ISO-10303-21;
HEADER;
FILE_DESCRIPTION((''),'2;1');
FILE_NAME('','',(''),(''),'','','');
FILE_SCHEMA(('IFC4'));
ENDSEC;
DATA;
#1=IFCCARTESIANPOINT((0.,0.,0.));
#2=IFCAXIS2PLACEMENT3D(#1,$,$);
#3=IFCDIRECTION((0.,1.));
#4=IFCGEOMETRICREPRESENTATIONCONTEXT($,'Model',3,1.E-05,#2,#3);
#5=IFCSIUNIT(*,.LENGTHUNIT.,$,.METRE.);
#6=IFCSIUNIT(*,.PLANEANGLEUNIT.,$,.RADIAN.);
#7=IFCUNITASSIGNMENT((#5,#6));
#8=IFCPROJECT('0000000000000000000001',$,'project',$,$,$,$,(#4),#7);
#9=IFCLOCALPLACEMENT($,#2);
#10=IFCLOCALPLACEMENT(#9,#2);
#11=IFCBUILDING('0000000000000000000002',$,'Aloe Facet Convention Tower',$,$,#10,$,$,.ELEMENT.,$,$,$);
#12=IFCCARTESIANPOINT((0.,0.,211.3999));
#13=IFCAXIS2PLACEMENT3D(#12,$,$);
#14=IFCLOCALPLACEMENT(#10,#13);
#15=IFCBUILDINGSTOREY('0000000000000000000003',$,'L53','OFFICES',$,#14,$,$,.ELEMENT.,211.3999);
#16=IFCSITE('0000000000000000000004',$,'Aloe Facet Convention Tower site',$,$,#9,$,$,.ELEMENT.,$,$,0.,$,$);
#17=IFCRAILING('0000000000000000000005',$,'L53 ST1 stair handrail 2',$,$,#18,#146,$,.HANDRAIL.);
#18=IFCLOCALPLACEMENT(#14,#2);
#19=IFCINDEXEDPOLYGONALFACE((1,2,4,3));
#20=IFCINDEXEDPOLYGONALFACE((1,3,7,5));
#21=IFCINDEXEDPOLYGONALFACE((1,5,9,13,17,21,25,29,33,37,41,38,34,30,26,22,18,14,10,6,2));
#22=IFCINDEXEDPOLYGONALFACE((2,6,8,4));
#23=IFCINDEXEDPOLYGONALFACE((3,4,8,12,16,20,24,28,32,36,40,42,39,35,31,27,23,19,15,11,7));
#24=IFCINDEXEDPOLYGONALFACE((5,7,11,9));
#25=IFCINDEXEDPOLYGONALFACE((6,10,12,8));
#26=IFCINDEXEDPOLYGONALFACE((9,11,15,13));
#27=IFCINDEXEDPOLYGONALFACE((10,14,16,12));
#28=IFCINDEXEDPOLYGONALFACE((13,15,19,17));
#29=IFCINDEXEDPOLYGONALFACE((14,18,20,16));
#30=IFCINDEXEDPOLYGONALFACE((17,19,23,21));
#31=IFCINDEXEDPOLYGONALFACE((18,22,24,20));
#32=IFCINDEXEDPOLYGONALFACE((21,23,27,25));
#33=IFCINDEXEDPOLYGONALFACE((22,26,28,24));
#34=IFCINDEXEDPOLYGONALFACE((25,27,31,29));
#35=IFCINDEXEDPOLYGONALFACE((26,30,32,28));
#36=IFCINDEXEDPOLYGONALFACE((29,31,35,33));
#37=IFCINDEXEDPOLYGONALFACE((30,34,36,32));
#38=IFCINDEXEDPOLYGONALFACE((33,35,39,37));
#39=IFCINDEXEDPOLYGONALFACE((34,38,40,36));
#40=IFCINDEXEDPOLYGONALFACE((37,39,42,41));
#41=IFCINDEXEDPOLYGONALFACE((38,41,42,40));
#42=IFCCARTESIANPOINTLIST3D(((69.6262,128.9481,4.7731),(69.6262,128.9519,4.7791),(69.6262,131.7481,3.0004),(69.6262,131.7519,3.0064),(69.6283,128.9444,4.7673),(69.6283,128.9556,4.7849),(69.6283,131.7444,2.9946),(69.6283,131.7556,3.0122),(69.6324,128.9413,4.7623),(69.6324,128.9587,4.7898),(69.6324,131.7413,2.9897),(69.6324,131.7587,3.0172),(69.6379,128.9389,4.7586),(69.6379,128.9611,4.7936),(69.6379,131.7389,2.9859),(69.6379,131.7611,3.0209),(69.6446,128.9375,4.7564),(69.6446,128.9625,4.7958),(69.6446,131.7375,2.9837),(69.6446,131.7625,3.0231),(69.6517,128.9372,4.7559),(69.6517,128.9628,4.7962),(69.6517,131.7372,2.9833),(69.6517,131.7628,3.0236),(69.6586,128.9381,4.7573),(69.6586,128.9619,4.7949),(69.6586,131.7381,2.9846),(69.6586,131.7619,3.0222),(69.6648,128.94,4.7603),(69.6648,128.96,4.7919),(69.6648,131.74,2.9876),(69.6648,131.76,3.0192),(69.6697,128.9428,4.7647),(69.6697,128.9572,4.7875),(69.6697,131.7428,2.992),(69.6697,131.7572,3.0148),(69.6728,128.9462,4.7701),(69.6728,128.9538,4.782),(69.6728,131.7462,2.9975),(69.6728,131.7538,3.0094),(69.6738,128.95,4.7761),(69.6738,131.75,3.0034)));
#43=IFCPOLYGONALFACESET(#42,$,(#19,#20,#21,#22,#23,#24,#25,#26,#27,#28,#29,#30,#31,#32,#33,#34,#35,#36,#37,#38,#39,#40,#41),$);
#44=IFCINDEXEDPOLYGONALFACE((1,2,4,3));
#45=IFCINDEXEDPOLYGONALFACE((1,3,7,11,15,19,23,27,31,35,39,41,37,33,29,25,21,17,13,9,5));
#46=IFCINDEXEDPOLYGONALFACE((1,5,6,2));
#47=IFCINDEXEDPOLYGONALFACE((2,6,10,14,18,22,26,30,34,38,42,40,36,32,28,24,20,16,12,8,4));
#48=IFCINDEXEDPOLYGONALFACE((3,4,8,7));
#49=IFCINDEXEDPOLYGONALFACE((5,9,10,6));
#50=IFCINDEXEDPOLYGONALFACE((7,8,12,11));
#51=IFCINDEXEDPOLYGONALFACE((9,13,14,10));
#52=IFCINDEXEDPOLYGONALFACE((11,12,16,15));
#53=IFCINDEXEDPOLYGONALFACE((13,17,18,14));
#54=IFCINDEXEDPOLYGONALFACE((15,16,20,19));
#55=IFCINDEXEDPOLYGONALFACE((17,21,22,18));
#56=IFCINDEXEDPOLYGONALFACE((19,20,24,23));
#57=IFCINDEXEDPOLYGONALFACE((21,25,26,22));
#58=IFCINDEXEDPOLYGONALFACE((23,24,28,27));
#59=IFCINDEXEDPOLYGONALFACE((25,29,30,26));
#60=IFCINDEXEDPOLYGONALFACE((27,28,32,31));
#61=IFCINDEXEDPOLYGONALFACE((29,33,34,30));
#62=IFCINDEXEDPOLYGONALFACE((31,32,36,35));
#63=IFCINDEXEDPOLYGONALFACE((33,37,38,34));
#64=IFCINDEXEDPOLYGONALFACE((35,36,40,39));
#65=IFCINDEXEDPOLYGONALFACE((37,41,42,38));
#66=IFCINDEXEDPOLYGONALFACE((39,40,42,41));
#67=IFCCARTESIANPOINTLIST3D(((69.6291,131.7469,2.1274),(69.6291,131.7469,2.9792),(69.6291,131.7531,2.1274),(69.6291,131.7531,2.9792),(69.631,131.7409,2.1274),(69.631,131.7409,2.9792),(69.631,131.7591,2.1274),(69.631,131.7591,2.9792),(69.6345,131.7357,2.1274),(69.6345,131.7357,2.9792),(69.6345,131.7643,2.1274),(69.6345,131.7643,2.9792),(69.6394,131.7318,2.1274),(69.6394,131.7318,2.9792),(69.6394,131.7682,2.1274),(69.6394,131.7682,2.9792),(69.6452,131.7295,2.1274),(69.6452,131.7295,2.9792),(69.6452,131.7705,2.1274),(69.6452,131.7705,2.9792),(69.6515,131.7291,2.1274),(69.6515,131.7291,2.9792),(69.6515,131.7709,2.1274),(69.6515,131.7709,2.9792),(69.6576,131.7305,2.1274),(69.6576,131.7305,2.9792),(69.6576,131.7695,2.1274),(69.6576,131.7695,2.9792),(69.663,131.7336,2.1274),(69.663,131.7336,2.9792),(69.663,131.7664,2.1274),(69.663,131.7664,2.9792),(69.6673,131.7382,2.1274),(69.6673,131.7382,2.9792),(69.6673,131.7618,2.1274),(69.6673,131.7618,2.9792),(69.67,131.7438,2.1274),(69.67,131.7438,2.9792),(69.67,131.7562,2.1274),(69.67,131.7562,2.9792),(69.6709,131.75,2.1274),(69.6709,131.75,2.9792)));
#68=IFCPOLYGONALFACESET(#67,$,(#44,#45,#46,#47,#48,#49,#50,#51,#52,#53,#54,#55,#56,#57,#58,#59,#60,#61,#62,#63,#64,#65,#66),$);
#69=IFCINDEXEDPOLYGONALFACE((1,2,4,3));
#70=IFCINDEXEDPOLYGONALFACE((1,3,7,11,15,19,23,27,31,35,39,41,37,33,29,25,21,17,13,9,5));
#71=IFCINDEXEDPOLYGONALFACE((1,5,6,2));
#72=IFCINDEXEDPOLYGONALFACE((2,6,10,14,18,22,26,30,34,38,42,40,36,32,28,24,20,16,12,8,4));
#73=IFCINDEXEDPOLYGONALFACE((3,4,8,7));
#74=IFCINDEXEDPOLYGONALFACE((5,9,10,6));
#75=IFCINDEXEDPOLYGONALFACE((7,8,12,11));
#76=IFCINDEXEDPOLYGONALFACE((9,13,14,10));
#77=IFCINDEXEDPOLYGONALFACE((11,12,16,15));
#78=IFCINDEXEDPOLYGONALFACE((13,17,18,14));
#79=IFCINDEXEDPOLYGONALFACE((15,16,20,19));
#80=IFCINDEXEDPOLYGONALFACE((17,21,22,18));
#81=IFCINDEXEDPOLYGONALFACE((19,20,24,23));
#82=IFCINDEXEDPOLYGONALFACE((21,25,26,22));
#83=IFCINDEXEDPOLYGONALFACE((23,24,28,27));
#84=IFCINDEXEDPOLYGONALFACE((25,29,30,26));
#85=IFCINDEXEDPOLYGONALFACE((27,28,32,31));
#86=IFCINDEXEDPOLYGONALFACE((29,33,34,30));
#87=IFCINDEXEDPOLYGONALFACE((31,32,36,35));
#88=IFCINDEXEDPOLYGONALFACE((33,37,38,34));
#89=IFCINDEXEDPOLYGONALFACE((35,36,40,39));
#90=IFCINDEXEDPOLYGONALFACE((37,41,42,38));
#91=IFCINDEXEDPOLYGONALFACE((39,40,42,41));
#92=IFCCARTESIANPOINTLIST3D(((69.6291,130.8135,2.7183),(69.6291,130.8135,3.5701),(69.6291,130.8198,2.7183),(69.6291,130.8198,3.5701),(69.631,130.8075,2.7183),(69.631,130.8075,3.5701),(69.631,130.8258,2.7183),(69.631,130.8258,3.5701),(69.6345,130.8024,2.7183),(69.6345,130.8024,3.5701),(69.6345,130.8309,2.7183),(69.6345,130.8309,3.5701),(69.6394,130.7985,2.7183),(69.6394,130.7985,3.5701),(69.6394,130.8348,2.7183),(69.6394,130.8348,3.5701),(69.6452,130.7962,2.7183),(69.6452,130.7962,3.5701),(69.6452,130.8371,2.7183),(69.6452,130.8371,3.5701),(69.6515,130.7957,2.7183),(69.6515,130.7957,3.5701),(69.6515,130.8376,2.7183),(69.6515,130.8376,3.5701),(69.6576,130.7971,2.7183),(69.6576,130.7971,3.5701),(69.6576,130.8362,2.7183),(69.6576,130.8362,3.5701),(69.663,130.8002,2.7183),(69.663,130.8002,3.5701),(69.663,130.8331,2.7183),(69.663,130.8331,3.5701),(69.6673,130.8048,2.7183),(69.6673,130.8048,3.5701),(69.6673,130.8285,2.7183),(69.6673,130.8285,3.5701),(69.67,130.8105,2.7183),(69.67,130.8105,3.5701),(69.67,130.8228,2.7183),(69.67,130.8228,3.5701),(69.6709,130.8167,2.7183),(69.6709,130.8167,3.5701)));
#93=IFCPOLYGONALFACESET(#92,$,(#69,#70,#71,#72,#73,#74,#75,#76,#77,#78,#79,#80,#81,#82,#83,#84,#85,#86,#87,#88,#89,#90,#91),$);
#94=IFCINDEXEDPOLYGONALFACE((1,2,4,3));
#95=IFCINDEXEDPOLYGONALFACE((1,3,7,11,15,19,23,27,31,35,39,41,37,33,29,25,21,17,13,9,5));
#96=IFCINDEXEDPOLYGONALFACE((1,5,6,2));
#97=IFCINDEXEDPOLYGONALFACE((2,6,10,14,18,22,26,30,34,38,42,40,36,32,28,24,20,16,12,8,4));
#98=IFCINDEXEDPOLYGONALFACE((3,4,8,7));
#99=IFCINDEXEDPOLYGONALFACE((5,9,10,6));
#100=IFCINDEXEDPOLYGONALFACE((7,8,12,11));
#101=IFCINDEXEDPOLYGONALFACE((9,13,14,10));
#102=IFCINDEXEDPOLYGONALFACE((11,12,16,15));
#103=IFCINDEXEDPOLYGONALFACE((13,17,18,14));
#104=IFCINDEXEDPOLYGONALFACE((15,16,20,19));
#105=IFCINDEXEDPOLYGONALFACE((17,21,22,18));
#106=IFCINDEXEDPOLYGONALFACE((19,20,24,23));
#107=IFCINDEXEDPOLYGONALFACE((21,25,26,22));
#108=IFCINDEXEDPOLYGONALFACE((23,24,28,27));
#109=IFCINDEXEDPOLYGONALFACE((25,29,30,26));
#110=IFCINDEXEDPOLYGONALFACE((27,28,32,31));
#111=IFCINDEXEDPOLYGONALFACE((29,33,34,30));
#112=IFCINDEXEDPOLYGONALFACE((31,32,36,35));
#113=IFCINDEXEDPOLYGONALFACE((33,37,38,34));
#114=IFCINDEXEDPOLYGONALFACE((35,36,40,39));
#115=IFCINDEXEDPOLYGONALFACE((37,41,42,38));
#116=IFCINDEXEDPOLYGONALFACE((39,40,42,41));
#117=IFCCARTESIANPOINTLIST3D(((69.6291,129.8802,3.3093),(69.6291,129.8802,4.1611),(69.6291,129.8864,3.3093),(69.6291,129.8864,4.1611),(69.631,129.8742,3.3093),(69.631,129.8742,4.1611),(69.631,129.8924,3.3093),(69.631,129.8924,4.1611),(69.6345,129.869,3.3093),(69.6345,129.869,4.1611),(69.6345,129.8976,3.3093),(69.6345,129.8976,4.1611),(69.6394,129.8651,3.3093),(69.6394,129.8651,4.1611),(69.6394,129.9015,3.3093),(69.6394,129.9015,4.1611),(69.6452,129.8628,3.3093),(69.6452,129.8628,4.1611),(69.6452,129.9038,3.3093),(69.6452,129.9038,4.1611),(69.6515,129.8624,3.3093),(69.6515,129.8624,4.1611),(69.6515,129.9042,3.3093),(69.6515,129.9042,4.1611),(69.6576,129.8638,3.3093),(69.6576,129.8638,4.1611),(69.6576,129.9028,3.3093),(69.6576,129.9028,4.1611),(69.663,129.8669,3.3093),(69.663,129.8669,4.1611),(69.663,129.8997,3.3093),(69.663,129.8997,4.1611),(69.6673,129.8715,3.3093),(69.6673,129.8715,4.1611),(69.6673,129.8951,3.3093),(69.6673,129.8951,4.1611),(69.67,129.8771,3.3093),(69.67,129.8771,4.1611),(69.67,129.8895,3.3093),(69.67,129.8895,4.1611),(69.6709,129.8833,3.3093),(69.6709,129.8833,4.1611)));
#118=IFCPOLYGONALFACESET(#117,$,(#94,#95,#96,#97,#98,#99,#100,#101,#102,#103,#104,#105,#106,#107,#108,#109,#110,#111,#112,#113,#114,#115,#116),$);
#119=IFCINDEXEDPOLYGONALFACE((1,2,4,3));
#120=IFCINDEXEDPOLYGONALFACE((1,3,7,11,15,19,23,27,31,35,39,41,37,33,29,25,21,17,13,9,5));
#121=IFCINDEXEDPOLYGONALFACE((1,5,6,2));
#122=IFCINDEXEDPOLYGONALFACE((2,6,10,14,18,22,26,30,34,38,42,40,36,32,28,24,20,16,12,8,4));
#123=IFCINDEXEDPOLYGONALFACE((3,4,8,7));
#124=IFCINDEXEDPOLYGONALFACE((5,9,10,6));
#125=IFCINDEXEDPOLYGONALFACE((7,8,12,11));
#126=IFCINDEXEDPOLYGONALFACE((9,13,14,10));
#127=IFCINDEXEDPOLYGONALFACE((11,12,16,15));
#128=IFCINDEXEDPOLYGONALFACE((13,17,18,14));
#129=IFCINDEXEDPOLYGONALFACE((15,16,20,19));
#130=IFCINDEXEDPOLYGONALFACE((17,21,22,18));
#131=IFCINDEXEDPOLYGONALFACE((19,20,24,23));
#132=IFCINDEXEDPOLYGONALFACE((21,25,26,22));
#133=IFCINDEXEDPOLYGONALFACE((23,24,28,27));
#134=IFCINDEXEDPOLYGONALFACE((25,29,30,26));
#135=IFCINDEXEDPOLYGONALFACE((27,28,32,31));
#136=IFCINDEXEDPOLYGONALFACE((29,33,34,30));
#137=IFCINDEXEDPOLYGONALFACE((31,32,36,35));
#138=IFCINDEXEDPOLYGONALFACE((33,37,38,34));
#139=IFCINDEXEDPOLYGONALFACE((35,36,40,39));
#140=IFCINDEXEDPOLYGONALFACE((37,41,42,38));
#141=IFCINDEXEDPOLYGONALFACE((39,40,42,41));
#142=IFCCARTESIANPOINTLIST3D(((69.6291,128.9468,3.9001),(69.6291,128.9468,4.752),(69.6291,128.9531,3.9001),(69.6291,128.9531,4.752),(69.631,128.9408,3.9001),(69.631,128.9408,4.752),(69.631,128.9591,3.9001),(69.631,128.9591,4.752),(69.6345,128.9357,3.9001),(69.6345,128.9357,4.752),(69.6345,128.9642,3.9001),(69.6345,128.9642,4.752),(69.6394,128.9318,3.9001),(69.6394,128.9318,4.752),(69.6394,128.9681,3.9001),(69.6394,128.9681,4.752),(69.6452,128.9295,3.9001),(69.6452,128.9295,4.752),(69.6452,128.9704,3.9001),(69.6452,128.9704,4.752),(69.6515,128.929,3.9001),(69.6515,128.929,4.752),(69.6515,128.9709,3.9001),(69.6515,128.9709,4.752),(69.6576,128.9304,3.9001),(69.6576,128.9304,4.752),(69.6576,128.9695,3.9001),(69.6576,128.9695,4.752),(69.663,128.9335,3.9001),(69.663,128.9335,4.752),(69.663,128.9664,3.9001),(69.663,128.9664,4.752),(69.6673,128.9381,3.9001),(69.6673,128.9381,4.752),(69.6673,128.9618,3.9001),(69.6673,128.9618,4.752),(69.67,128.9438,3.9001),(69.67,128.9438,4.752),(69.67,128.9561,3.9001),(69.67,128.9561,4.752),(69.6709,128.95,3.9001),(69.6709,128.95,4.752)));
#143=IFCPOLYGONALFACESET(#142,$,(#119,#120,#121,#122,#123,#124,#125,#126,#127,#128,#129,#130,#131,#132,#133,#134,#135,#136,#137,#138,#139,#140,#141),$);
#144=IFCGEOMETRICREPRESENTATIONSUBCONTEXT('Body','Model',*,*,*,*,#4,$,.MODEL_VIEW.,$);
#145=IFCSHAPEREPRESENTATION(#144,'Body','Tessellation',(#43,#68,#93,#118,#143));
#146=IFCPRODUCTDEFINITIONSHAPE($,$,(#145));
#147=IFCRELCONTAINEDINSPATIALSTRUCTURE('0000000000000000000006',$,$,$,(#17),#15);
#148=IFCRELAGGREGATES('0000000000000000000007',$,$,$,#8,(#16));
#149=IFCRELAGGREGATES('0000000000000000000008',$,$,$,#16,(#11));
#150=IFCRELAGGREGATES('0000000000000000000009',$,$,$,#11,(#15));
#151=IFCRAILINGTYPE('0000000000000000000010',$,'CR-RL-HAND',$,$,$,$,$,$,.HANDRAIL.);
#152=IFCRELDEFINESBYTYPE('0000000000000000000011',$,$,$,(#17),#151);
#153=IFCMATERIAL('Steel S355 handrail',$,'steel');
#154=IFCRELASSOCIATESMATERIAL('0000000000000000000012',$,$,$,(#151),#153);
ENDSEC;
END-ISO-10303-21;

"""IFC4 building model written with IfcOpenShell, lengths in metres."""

from ifc_helpers import new_model, si_unit, direction, frame, origin, origin_2d, place, context, subcontext, project, spatial, circle, extrude, material, type_object, element, save


model = new_model("IFC4")

# Units and contexts
model_context = context("Model", 3, precision=1e-05, world=origin(), true_north=direction((0.0, 1.0)))
body_context = subcontext(model_context, "Body", "Model", "MODEL_VIEW")
ifc_project = project(units=[si_unit("LENGTHUNIT", "METRE"), si_unit("PLANEANGLEUNIT", "RADIAN")], contexts=[model_context])

# Site, building, storey
site_placement = place(None, origin())
site = spatial("IfcSite", under=ifc_project, at=site_placement, Name="Aloe Facet Convention Tower site", CompositionType="ELEMENT", RefElevation=0.0)
building_placement = place(site_placement, origin())
building = spatial("IfcBuilding", under=site, at=building_placement, Name="Aloe Facet Convention Tower", CompositionType="ELEMENT")
storey_placement = place(building_placement, frame((0.0, 0.0, 211.3999)))
storey = spatial("IfcBuildingStorey", under=building, at=storey_placement, Name="L53", Description="OFFICES", CompositionType="ELEMENT", Elevation=211.3999)

# Railing
ifc_material_1 = material(Name="Steel S355 handrail", Category="steel")
railing_type = type_object("IfcRailingType", Name="CR-RL-HAND", PredefinedType="HANDRAIL", material=ifc_material_1)
railing_placement = place(storey_placement, frame((69.6499, 131.75, 2.1274)))
element("IfcRailing", 1, at=railing_placement, inside=storey, type_object=railing_type, Name="L53 ST1 stair handrail 2", PredefinedType="HANDRAIL", context=body_context, shape_type="SweptSolid", body=[
    extrude(circle(Radius=0.0239, at=origin_2d()), frame((0.0, 0.0, 0.876), z_axis=(0.0, -0.844909, 0.53491), x_axis=(1.0, 0.0, 0.0)), (0.0, 0.0, 1.0), 3.314),
    extrude(circle(Radius=0.021, at=origin_2d()), origin(), (0.0, 0.0, 1.0), 0.8518),
    extrude(circle(Radius=0.021, at=origin_2d()), frame((0.0, -0.9333, 0.5908)), (0.0, 0.0, 1.0), 0.8518),
    extrude(circle(Radius=0.021, at=origin_2d()), frame((0.0, -1.8667, 1.1819)), (0.0, 0.0, 1.0), 0.8518),
    extrude(circle(Radius=0.021, at=origin_2d()), frame((0.0, -2.8, 1.7727)), (0.0, 0.0, 1.0), 0.8518),
])

save(model, "model.ifc")
